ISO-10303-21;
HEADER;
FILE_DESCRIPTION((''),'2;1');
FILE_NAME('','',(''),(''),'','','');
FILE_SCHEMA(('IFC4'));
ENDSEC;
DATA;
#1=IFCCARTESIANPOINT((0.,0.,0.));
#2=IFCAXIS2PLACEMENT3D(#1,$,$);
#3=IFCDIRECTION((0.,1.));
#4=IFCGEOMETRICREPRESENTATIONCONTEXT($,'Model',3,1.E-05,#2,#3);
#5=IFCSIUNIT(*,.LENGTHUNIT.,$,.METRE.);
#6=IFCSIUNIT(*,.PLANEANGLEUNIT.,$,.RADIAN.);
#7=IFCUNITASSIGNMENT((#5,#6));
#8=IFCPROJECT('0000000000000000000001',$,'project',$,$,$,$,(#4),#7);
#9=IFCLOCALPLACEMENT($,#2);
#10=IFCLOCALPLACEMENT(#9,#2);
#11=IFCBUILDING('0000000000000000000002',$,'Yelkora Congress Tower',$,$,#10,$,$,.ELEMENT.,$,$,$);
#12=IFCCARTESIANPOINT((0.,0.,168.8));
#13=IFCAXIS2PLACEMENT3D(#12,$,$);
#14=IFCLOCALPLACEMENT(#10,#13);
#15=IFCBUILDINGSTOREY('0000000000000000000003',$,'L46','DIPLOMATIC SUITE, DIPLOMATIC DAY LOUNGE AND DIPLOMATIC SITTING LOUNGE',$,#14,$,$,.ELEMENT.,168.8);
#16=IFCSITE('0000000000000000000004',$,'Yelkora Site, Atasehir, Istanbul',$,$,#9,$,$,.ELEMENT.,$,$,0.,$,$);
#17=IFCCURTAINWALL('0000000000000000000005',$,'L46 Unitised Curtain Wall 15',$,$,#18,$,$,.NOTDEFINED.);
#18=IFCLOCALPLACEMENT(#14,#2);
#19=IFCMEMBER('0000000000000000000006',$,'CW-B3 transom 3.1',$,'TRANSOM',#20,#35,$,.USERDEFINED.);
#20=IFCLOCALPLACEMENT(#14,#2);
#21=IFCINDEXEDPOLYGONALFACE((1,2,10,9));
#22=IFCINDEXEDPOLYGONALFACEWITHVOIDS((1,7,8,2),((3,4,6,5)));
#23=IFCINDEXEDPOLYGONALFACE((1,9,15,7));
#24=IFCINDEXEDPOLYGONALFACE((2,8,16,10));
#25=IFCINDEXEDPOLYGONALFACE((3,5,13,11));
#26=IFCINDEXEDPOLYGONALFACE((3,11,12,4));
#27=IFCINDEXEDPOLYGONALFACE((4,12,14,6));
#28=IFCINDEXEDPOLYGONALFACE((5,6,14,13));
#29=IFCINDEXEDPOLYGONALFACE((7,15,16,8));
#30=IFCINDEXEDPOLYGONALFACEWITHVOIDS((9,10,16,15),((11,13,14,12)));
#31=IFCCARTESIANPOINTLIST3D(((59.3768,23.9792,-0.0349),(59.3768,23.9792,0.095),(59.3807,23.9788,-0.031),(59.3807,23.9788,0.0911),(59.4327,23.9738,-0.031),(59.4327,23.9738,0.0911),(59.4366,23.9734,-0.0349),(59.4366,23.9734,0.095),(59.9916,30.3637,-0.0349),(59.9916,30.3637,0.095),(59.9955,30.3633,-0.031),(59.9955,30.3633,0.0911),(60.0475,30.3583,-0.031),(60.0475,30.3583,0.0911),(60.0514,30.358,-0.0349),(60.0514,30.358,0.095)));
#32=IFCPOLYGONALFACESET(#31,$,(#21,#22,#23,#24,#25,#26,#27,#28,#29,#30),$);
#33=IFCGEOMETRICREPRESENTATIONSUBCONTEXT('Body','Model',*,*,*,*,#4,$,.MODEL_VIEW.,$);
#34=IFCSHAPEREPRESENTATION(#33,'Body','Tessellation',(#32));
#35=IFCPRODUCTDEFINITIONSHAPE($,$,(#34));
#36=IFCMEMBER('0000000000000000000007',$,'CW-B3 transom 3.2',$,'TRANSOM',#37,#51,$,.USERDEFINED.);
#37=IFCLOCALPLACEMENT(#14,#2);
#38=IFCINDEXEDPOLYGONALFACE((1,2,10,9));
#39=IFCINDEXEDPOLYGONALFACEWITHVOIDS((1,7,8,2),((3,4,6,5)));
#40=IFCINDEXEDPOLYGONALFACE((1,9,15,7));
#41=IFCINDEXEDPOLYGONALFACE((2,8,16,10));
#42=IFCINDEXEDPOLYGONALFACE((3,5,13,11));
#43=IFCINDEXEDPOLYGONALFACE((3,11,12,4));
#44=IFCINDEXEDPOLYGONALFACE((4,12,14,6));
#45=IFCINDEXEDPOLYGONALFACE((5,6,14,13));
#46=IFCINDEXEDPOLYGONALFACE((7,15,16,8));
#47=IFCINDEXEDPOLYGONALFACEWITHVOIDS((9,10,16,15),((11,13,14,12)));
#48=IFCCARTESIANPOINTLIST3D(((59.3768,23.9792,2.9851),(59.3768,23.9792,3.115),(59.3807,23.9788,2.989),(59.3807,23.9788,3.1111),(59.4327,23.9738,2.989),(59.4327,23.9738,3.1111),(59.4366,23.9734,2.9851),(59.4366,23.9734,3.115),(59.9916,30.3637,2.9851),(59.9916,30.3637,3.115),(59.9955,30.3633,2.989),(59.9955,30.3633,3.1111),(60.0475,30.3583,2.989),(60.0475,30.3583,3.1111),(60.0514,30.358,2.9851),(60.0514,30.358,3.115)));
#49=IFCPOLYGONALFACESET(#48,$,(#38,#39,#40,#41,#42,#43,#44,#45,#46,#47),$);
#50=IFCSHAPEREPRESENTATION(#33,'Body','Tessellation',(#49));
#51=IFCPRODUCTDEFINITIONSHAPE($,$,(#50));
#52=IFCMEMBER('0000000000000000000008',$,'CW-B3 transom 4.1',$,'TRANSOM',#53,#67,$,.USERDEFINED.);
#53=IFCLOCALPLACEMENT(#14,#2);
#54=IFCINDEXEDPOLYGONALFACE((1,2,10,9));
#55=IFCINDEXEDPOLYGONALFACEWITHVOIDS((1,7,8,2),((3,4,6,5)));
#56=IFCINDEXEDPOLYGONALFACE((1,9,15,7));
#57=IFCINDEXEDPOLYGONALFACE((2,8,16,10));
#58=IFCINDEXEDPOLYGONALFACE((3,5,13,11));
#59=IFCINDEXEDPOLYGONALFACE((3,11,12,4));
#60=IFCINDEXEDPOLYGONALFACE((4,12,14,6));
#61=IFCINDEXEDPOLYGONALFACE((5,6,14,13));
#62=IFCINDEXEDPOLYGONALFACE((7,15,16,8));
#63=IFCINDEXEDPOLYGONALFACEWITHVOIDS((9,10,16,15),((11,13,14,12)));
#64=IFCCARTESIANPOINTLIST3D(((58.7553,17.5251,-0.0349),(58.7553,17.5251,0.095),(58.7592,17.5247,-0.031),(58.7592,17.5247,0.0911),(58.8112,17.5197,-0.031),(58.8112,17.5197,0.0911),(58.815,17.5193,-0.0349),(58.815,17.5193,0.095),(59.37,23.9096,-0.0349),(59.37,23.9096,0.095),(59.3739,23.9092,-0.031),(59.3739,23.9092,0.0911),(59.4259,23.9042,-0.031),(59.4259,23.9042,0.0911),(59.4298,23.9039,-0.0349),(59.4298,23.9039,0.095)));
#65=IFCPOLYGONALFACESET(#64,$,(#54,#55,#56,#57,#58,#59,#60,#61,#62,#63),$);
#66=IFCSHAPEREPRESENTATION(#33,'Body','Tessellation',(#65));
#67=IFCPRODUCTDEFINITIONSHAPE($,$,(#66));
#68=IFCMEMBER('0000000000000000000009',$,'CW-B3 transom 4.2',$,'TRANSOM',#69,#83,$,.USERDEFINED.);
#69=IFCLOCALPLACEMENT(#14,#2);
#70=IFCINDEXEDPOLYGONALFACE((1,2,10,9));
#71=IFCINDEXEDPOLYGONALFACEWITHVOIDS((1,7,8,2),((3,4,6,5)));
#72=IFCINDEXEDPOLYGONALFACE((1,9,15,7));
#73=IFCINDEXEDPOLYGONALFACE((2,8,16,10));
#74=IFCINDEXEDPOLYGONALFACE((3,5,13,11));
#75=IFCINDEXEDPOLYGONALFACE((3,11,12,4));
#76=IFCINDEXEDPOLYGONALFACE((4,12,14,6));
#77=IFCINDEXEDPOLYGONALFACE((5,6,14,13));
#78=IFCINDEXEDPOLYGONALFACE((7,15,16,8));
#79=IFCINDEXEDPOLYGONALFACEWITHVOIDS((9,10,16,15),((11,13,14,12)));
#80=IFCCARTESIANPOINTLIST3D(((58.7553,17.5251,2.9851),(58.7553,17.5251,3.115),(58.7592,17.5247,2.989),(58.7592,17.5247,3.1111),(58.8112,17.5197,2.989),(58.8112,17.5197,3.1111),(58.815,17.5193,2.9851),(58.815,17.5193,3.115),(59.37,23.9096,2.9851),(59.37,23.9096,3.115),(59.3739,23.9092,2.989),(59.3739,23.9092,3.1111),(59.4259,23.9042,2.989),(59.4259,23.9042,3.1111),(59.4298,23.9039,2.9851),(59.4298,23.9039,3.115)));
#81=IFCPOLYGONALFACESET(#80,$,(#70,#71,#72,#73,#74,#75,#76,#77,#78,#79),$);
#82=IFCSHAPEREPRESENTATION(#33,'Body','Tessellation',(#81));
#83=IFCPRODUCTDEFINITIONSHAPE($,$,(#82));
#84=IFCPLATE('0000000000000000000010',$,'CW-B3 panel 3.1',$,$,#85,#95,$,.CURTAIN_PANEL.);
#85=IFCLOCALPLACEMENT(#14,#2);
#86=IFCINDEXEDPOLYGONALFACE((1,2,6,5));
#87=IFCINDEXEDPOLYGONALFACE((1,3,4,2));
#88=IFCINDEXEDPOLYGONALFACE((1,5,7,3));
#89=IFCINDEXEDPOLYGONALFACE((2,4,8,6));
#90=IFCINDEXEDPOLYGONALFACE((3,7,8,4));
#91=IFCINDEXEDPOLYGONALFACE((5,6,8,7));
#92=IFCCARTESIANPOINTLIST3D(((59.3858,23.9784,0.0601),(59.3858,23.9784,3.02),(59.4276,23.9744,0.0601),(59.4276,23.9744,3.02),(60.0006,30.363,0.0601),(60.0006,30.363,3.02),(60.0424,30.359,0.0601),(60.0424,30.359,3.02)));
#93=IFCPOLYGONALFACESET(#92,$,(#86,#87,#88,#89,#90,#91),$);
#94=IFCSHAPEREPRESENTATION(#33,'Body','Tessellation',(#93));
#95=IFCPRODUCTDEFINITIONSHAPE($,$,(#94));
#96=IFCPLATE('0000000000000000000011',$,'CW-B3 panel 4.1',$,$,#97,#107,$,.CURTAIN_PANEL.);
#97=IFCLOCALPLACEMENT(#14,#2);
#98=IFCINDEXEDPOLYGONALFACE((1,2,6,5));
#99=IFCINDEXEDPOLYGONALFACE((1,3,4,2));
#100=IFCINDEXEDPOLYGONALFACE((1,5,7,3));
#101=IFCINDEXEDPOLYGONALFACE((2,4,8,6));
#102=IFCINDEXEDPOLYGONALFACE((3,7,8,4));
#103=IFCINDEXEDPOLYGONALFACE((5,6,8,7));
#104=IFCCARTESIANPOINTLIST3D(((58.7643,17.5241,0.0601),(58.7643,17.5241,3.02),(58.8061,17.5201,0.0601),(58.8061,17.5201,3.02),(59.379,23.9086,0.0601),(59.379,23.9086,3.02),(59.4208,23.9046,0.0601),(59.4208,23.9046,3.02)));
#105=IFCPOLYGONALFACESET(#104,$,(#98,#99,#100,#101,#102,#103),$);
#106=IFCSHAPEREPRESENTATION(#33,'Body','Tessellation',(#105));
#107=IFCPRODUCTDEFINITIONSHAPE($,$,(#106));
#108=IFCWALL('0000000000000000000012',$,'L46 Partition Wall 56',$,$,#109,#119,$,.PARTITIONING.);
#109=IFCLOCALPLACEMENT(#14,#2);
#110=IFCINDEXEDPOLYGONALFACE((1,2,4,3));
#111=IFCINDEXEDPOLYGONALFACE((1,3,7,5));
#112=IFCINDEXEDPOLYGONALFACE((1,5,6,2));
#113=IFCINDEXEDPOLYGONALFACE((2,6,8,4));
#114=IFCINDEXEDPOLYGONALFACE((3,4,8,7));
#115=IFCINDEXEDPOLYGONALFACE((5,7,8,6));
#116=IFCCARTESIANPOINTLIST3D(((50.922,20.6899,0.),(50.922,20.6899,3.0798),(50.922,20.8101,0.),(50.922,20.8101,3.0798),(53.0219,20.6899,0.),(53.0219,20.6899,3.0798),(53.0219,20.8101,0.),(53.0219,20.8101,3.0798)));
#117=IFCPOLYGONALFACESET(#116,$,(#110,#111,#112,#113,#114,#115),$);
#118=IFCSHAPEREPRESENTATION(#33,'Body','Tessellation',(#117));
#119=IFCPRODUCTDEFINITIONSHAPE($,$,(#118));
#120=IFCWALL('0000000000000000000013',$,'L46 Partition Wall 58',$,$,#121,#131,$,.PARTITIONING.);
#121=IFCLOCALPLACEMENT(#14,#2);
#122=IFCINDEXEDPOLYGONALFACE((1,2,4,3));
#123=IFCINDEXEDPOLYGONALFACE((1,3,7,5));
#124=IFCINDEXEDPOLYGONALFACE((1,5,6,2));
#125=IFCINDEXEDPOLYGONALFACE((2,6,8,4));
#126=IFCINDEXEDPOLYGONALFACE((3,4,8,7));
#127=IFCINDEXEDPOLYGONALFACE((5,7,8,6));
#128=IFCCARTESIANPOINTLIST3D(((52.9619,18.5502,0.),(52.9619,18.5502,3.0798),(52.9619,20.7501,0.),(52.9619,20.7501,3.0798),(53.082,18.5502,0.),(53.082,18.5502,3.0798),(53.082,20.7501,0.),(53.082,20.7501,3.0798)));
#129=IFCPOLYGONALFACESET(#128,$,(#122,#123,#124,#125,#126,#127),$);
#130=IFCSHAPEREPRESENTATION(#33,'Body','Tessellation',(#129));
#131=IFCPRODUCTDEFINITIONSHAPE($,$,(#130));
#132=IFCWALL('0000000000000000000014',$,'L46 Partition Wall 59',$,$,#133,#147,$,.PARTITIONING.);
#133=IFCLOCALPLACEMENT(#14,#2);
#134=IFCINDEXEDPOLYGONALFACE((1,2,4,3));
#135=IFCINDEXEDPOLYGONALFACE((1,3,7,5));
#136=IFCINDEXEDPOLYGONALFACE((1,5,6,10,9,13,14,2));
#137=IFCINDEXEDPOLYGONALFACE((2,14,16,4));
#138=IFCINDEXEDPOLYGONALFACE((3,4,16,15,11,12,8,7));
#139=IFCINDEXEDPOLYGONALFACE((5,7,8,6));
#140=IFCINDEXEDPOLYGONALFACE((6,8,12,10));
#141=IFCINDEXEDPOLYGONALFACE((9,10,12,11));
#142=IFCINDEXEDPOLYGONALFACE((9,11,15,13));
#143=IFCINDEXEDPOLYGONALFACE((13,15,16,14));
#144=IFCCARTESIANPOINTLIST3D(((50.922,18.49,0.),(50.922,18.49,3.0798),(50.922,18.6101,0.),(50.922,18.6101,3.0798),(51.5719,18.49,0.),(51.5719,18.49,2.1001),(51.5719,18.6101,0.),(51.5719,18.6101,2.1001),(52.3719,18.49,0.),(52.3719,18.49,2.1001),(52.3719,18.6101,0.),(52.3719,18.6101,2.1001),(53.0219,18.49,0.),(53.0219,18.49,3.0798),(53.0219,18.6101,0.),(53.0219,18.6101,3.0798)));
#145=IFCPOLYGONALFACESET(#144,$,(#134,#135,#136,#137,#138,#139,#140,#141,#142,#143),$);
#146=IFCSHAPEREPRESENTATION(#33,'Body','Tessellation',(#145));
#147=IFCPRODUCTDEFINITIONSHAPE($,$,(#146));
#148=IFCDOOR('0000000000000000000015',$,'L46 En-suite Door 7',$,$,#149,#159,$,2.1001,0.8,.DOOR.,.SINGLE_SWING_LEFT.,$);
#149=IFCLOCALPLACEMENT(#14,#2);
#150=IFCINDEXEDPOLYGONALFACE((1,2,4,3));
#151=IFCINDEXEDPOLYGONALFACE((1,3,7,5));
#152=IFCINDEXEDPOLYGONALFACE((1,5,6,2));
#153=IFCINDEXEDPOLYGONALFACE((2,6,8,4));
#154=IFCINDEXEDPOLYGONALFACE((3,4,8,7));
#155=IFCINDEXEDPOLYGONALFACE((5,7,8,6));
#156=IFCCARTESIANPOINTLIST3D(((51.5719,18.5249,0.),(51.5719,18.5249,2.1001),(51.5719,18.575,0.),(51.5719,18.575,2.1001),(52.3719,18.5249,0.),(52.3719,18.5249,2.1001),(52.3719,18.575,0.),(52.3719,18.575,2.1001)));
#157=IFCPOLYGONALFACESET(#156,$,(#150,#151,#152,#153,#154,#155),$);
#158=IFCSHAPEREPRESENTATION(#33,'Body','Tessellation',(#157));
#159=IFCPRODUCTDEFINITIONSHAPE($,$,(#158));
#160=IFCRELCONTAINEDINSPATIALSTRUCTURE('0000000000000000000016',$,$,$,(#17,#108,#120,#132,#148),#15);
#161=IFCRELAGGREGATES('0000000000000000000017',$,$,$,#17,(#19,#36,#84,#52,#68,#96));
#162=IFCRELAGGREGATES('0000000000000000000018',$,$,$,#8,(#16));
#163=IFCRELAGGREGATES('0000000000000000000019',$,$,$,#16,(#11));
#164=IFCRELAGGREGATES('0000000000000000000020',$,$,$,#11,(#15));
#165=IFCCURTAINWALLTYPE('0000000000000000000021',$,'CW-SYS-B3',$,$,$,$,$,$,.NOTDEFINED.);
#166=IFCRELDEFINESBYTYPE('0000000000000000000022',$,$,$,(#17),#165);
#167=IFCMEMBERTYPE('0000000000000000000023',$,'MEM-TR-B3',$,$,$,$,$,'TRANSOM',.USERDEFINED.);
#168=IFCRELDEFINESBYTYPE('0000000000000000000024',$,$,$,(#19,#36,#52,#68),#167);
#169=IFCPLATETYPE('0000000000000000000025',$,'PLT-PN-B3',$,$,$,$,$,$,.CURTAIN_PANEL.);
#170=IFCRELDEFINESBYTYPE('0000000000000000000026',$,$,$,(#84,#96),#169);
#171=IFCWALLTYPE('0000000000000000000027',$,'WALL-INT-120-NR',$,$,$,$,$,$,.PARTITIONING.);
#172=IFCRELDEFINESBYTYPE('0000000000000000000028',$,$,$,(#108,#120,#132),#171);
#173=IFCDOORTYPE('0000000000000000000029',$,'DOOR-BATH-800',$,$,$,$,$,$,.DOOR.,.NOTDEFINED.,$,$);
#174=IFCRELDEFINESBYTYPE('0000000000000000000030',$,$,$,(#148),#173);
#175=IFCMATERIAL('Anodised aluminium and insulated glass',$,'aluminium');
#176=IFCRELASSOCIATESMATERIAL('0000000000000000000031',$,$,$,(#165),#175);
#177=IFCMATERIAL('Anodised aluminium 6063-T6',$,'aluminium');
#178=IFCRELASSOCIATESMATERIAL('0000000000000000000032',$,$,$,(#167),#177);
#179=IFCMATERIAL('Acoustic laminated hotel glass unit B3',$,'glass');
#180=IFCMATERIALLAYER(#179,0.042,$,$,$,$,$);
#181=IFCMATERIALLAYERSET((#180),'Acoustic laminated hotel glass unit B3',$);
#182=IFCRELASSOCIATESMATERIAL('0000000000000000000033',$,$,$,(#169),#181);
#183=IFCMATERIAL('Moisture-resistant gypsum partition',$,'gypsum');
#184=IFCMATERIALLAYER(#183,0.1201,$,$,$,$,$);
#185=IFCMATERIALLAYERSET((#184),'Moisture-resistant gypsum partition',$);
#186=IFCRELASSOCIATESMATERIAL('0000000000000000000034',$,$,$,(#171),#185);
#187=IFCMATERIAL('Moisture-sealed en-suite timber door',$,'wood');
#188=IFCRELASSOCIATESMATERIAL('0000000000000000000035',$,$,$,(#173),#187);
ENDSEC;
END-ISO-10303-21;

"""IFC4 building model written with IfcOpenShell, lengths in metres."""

from ifc_helpers import new_model, si_unit, direction, frame, frame_2d, origin, origin_2d, place, context, subcontext, project, spatial, rectangle, hollow_rectangle, extrude, material, layer, layer_set, material_profile, profile_set, type_object, element, fill, aggregate, save


model = new_model("IFC4")

# Units and contexts
model_context = context("Model", 3, precision=1e-05, world=origin(), true_north=direction((0.0, 1.0)))
body_context = subcontext(model_context, "Body", "Model", "MODEL_VIEW")
ifc_project = project(units=[si_unit("LENGTHUNIT", "METRE"), si_unit("PLANEANGLEUNIT", "RADIAN")], contexts=[model_context])

# Site, building, storey
site_placement = place(None, origin())
site = spatial("IfcSite", under=ifc_project, at=site_placement, Name="Yelkora Site, Atasehir, Istanbul", CompositionType="ELEMENT", RefElevation=0.0)
building_placement = place(site_placement, origin())
building = spatial("IfcBuilding", under=site, at=building_placement, Name="Yelkora Congress Tower", CompositionType="ELEMENT")
storey_placement = place(building_placement, frame((0.0, 0.0, 168.8)))
storey = spatial("IfcBuildingStorey", under=building, at=storey_placement, Name="L46", Description="DIPLOMATIC SUITE, DIPLOMATIC DAY LOUNGE AND DIPLOMATIC SITTING LOUNGE", CompositionType="ELEMENT", Elevation=168.8)

# Curtain wall, members, plates
ifc_material_1 = material(Name="Anodised aluminium and insulated glass", Category="aluminium")
curtain_wall_type = type_object("IfcCurtainWallType", Name="CW-SYS-B3", PredefinedType="NOTDEFINED", material=ifc_material_1)
curtain_wall_placement = place(storey_placement, origin())
curtain_wall = element("IfcCurtainWall", 1, at=curtain_wall_placement, inside=storey, type_object=curtain_wall_type, Name="L46 Unitised Curtain Wall 15", PredefinedType="NOTDEFINED")
ifc_material_2 = material(Name="Anodised aluminium 6063-T6", Category="aluminium")
ifc_material_profile_1 = material_profile(ifc_material_2, hollow_rectangle(XDim=0.0601, YDim=0.1299, WallThickness=0.0039, at=origin_2d()), Name="ALU 60x130x4")
ifc_profile_set_1 = profile_set([ifc_material_profile_1], Name="Anodised aluminium 6063-T6")
member_type_1 = type_object("IfcMemberType", Name="MEM-TR-B3", ElementType="TRANSOM", PredefinedType="USERDEFINED", material=ifc_profile_set_1)
member_1_placement = place(storey_placement, frame((60.0215, 30.3608, 0.03), z_axis=(-0.095844, -0.995396, 0.0), x_axis=(0.995396, -0.095844, 0.0)))
member_1 = element("IfcMember", 2, at=member_1_placement, type_object=member_type_1, Name="CW-B3 transom 3.1", ObjectType="TRANSOM", PredefinedType="USERDEFINED", context=body_context, shape_type="SweptSolid", body=[
    extrude(hollow_rectangle(XDim=0.0601, YDim=0.1299, WallThickness=0.0039, at=origin_2d()), origin(), (0.0, 0.0, 1.0), 6.4141),
])
member_2_placement = place(storey_placement, frame((60.0215, 30.3608, 3.05), z_axis=(-0.095844, -0.995396, 0.0), x_axis=(0.995396, -0.095844, 0.0)))
member_2 = element("IfcMember", 3, at=member_2_placement, type_object=member_type_1, Name="CW-B3 transom 3.2", ObjectType="TRANSOM", PredefinedType="USERDEFINED", context=body_context, shape_type="SweptSolid", body=[
    extrude(hollow_rectangle(XDim=0.0601, YDim=0.1299, WallThickness=0.0039, at=origin_2d()), origin(), (0.0, 0.0, 1.0), 6.4141),
])
member_3_placement = place(storey_placement, frame((59.3999, 23.9067, 0.03), z_axis=(-0.095844, -0.995396, 0.0), x_axis=(0.995396, -0.095844, 0.0)))
member_3 = element("IfcMember", 4, at=member_3_placement, type_object=member_type_1, Name="CW-B3 transom 4.1", ObjectType="TRANSOM", PredefinedType="USERDEFINED", context=body_context, shape_type="SweptSolid", body=[
    extrude(hollow_rectangle(XDim=0.0601, YDim=0.1299, WallThickness=0.0039, at=origin_2d()), origin(), (0.0, 0.0, 1.0), 6.4141),
])
member_4_placement = place(storey_placement, frame((59.3999, 23.9067, 3.05), z_axis=(-0.095844, -0.995396, 0.0), x_axis=(0.995396, -0.095844, 0.0)))
member_4 = element("IfcMember", 5, at=member_4_placement, type_object=member_type_1, Name="CW-B3 transom 4.2", ObjectType="TRANSOM", PredefinedType="USERDEFINED", context=body_context, shape_type="SweptSolid", body=[
    extrude(hollow_rectangle(XDim=0.0601, YDim=0.1299, WallThickness=0.0039, at=origin_2d()), origin(), (0.0, 0.0, 1.0), 6.4141),
])
ifc_material_3 = material(Name="Acoustic laminated hotel glass unit B3", Category="glass")
ifc_layer_1 = layer(ifc_material_3, 0.042)
ifc_layer_set_1 = layer_set([ifc_layer_1], Name="Acoustic laminated hotel glass unit B3")
plate_type = type_object("IfcPlateType", Name="PLT-PN-B3", PredefinedType="CURTAIN_PANEL", material=ifc_layer_set_1)
plate_1_placement = place(storey_placement, frame((59.7141, 27.1687, 0.0601), z_axis=(0.0, 0.0, 1.0), x_axis=(-0.095842, -0.995397, 0.0)))
plate_1 = element("IfcPlate", 6, at=plate_1_placement, type_object=plate_type, Name="CW-B3 panel 3.1", PredefinedType="CURTAIN_PANEL", context=body_context, shape_type="SweptSolid", body=[
    extrude(rectangle(XDim=6.4141, YDim=0.042, at=origin_2d()), origin(), (0.0, 0.0, 1.0), 2.96),
])
plate_2_placement = place(storey_placement, frame((59.0925, 20.7144, 0.0601), z_axis=(0.0, 0.0, 1.0), x_axis=(-0.095842, -0.995397, 0.0)))
plate_2 = element("IfcPlate", 7, at=plate_2_placement, type_object=plate_type, Name="CW-B3 panel 4.1", PredefinedType="CURTAIN_PANEL", context=body_context, shape_type="SweptSolid", body=[
    extrude(rectangle(XDim=6.4141, YDim=0.042, at=origin_2d()), origin(), (0.0, 0.0, 1.0), 2.96),
])
aggregate(curtain_wall, [member_1, member_2, plate_1, member_3, member_4, plate_2])

# Walls
ifc_material_4 = material(Name="Moisture-resistant gypsum partition", Category="gypsum")
ifc_layer_2 = layer(ifc_material_4, 0.1201)
ifc_layer_set_2 = layer_set([ifc_layer_2], Name="Moisture-resistant gypsum partition")
wall_type_1 = type_object("IfcWallType", Name="WALL-INT-120-NR", PredefinedType="PARTITIONING", material=ifc_layer_set_2)
wall_1_placement = place(storey_placement, frame((50.9221, 20.75, 0.0), z_axis=(0.0, 0.0, 1.0), x_axis=(1.0, 0.0, 0.0)))
element("IfcWall", 8, at=wall_1_placement, inside=storey, type_object=wall_type_1, Name="L46 Partition Wall 56", PredefinedType="PARTITIONING", context=body_context, shape_type="SweptSolid", body=[
    extrude(rectangle(XDim=2.0999, YDim=0.1201, at=frame_2d((1.0498, 0.0))), origin(), (0.0, 0.0, 1.0), 3.0798),
])
wall_2_placement = place(storey_placement, frame((53.022, 18.55, 0.0), z_axis=(0.0, 0.0, 1.0), x_axis=(0.0, 1.0, 0.0)))
element("IfcWall", 9, at=wall_2_placement, inside=storey, type_object=wall_type_1, Name="L46 Partition Wall 58", PredefinedType="PARTITIONING", context=body_context, shape_type="SweptSolid", body=[
    extrude(rectangle(XDim=2.2, YDim=0.1201, at=frame_2d((1.1001, 0.0))), origin(), (0.0, 0.0, 1.0), 3.0798),
])

# Wall, opening, door
wall_3_placement = place(storey_placement, frame((50.9221, 18.55, 0.0), z_axis=(0.0, 0.0, 1.0), x_axis=(1.0, 0.0, 0.0)))
wall_3 = element("IfcWall", 10, at=wall_3_placement, inside=storey, type_object=wall_type_1, Name="L46 Partition Wall 59", PredefinedType="PARTITIONING", context=body_context, shape_type="SweptSolid", body=[
    extrude(rectangle(XDim=2.0999, YDim=0.1201, at=frame_2d((1.0498, 0.0))), origin(), (0.0, 0.0, 1.0), 3.0798),
])
opening_1_placement = place(wall_3_placement, frame((0.6499, 0.0, 0.0)))
opening_1 = element("IfcOpeningElement", 11, at=opening_1_placement, cuts=wall_3, PredefinedType="OPENING", context=body_context, shape_type="SweptSolid", body=[
    extrude(rectangle(XDim=0.8, YDim=2.1001, at=frame_2d((0.3999, 1.05))), frame((0.0, 0.0701, 0.0), z_axis=(0.0, -1.0, 0.0), x_axis=(1.0, 0.0, 0.0)), (0.0, 0.0, 1.0), 0.1401),
])
ifc_material_5 = material(Name="Moisture-sealed en-suite timber door", Category="wood")
door_type_1 = type_object("IfcDoorType", Name="DOOR-BATH-800", OperationType="NOTDEFINED", PredefinedType="DOOR", material=ifc_material_5)
door_1_placement = place(opening_1_placement, origin())
door_1 = element("IfcDoor", 12, at=door_1_placement, inside=storey, type_object=door_type_1, Name="L46 En-suite Door 7", OperationType="SINGLE_SWING_LEFT", OverallHeight=2.1001, OverallWidth=0.8, PredefinedType="DOOR", context=body_context, shape_type="SweptSolid", body=[
    extrude(rectangle(XDim=0.8, YDim=2.1001, at=frame_2d((0.3999, 1.05))), frame((0.0, 0.0249, 0.0), z_axis=(0.0, -1.0, 0.0), x_axis=(1.0, 0.0, 0.0)), (0.0, 0.0, 1.0), 0.05),
])
fill(opening_1, door_1)

save(model, "model.ifc")
